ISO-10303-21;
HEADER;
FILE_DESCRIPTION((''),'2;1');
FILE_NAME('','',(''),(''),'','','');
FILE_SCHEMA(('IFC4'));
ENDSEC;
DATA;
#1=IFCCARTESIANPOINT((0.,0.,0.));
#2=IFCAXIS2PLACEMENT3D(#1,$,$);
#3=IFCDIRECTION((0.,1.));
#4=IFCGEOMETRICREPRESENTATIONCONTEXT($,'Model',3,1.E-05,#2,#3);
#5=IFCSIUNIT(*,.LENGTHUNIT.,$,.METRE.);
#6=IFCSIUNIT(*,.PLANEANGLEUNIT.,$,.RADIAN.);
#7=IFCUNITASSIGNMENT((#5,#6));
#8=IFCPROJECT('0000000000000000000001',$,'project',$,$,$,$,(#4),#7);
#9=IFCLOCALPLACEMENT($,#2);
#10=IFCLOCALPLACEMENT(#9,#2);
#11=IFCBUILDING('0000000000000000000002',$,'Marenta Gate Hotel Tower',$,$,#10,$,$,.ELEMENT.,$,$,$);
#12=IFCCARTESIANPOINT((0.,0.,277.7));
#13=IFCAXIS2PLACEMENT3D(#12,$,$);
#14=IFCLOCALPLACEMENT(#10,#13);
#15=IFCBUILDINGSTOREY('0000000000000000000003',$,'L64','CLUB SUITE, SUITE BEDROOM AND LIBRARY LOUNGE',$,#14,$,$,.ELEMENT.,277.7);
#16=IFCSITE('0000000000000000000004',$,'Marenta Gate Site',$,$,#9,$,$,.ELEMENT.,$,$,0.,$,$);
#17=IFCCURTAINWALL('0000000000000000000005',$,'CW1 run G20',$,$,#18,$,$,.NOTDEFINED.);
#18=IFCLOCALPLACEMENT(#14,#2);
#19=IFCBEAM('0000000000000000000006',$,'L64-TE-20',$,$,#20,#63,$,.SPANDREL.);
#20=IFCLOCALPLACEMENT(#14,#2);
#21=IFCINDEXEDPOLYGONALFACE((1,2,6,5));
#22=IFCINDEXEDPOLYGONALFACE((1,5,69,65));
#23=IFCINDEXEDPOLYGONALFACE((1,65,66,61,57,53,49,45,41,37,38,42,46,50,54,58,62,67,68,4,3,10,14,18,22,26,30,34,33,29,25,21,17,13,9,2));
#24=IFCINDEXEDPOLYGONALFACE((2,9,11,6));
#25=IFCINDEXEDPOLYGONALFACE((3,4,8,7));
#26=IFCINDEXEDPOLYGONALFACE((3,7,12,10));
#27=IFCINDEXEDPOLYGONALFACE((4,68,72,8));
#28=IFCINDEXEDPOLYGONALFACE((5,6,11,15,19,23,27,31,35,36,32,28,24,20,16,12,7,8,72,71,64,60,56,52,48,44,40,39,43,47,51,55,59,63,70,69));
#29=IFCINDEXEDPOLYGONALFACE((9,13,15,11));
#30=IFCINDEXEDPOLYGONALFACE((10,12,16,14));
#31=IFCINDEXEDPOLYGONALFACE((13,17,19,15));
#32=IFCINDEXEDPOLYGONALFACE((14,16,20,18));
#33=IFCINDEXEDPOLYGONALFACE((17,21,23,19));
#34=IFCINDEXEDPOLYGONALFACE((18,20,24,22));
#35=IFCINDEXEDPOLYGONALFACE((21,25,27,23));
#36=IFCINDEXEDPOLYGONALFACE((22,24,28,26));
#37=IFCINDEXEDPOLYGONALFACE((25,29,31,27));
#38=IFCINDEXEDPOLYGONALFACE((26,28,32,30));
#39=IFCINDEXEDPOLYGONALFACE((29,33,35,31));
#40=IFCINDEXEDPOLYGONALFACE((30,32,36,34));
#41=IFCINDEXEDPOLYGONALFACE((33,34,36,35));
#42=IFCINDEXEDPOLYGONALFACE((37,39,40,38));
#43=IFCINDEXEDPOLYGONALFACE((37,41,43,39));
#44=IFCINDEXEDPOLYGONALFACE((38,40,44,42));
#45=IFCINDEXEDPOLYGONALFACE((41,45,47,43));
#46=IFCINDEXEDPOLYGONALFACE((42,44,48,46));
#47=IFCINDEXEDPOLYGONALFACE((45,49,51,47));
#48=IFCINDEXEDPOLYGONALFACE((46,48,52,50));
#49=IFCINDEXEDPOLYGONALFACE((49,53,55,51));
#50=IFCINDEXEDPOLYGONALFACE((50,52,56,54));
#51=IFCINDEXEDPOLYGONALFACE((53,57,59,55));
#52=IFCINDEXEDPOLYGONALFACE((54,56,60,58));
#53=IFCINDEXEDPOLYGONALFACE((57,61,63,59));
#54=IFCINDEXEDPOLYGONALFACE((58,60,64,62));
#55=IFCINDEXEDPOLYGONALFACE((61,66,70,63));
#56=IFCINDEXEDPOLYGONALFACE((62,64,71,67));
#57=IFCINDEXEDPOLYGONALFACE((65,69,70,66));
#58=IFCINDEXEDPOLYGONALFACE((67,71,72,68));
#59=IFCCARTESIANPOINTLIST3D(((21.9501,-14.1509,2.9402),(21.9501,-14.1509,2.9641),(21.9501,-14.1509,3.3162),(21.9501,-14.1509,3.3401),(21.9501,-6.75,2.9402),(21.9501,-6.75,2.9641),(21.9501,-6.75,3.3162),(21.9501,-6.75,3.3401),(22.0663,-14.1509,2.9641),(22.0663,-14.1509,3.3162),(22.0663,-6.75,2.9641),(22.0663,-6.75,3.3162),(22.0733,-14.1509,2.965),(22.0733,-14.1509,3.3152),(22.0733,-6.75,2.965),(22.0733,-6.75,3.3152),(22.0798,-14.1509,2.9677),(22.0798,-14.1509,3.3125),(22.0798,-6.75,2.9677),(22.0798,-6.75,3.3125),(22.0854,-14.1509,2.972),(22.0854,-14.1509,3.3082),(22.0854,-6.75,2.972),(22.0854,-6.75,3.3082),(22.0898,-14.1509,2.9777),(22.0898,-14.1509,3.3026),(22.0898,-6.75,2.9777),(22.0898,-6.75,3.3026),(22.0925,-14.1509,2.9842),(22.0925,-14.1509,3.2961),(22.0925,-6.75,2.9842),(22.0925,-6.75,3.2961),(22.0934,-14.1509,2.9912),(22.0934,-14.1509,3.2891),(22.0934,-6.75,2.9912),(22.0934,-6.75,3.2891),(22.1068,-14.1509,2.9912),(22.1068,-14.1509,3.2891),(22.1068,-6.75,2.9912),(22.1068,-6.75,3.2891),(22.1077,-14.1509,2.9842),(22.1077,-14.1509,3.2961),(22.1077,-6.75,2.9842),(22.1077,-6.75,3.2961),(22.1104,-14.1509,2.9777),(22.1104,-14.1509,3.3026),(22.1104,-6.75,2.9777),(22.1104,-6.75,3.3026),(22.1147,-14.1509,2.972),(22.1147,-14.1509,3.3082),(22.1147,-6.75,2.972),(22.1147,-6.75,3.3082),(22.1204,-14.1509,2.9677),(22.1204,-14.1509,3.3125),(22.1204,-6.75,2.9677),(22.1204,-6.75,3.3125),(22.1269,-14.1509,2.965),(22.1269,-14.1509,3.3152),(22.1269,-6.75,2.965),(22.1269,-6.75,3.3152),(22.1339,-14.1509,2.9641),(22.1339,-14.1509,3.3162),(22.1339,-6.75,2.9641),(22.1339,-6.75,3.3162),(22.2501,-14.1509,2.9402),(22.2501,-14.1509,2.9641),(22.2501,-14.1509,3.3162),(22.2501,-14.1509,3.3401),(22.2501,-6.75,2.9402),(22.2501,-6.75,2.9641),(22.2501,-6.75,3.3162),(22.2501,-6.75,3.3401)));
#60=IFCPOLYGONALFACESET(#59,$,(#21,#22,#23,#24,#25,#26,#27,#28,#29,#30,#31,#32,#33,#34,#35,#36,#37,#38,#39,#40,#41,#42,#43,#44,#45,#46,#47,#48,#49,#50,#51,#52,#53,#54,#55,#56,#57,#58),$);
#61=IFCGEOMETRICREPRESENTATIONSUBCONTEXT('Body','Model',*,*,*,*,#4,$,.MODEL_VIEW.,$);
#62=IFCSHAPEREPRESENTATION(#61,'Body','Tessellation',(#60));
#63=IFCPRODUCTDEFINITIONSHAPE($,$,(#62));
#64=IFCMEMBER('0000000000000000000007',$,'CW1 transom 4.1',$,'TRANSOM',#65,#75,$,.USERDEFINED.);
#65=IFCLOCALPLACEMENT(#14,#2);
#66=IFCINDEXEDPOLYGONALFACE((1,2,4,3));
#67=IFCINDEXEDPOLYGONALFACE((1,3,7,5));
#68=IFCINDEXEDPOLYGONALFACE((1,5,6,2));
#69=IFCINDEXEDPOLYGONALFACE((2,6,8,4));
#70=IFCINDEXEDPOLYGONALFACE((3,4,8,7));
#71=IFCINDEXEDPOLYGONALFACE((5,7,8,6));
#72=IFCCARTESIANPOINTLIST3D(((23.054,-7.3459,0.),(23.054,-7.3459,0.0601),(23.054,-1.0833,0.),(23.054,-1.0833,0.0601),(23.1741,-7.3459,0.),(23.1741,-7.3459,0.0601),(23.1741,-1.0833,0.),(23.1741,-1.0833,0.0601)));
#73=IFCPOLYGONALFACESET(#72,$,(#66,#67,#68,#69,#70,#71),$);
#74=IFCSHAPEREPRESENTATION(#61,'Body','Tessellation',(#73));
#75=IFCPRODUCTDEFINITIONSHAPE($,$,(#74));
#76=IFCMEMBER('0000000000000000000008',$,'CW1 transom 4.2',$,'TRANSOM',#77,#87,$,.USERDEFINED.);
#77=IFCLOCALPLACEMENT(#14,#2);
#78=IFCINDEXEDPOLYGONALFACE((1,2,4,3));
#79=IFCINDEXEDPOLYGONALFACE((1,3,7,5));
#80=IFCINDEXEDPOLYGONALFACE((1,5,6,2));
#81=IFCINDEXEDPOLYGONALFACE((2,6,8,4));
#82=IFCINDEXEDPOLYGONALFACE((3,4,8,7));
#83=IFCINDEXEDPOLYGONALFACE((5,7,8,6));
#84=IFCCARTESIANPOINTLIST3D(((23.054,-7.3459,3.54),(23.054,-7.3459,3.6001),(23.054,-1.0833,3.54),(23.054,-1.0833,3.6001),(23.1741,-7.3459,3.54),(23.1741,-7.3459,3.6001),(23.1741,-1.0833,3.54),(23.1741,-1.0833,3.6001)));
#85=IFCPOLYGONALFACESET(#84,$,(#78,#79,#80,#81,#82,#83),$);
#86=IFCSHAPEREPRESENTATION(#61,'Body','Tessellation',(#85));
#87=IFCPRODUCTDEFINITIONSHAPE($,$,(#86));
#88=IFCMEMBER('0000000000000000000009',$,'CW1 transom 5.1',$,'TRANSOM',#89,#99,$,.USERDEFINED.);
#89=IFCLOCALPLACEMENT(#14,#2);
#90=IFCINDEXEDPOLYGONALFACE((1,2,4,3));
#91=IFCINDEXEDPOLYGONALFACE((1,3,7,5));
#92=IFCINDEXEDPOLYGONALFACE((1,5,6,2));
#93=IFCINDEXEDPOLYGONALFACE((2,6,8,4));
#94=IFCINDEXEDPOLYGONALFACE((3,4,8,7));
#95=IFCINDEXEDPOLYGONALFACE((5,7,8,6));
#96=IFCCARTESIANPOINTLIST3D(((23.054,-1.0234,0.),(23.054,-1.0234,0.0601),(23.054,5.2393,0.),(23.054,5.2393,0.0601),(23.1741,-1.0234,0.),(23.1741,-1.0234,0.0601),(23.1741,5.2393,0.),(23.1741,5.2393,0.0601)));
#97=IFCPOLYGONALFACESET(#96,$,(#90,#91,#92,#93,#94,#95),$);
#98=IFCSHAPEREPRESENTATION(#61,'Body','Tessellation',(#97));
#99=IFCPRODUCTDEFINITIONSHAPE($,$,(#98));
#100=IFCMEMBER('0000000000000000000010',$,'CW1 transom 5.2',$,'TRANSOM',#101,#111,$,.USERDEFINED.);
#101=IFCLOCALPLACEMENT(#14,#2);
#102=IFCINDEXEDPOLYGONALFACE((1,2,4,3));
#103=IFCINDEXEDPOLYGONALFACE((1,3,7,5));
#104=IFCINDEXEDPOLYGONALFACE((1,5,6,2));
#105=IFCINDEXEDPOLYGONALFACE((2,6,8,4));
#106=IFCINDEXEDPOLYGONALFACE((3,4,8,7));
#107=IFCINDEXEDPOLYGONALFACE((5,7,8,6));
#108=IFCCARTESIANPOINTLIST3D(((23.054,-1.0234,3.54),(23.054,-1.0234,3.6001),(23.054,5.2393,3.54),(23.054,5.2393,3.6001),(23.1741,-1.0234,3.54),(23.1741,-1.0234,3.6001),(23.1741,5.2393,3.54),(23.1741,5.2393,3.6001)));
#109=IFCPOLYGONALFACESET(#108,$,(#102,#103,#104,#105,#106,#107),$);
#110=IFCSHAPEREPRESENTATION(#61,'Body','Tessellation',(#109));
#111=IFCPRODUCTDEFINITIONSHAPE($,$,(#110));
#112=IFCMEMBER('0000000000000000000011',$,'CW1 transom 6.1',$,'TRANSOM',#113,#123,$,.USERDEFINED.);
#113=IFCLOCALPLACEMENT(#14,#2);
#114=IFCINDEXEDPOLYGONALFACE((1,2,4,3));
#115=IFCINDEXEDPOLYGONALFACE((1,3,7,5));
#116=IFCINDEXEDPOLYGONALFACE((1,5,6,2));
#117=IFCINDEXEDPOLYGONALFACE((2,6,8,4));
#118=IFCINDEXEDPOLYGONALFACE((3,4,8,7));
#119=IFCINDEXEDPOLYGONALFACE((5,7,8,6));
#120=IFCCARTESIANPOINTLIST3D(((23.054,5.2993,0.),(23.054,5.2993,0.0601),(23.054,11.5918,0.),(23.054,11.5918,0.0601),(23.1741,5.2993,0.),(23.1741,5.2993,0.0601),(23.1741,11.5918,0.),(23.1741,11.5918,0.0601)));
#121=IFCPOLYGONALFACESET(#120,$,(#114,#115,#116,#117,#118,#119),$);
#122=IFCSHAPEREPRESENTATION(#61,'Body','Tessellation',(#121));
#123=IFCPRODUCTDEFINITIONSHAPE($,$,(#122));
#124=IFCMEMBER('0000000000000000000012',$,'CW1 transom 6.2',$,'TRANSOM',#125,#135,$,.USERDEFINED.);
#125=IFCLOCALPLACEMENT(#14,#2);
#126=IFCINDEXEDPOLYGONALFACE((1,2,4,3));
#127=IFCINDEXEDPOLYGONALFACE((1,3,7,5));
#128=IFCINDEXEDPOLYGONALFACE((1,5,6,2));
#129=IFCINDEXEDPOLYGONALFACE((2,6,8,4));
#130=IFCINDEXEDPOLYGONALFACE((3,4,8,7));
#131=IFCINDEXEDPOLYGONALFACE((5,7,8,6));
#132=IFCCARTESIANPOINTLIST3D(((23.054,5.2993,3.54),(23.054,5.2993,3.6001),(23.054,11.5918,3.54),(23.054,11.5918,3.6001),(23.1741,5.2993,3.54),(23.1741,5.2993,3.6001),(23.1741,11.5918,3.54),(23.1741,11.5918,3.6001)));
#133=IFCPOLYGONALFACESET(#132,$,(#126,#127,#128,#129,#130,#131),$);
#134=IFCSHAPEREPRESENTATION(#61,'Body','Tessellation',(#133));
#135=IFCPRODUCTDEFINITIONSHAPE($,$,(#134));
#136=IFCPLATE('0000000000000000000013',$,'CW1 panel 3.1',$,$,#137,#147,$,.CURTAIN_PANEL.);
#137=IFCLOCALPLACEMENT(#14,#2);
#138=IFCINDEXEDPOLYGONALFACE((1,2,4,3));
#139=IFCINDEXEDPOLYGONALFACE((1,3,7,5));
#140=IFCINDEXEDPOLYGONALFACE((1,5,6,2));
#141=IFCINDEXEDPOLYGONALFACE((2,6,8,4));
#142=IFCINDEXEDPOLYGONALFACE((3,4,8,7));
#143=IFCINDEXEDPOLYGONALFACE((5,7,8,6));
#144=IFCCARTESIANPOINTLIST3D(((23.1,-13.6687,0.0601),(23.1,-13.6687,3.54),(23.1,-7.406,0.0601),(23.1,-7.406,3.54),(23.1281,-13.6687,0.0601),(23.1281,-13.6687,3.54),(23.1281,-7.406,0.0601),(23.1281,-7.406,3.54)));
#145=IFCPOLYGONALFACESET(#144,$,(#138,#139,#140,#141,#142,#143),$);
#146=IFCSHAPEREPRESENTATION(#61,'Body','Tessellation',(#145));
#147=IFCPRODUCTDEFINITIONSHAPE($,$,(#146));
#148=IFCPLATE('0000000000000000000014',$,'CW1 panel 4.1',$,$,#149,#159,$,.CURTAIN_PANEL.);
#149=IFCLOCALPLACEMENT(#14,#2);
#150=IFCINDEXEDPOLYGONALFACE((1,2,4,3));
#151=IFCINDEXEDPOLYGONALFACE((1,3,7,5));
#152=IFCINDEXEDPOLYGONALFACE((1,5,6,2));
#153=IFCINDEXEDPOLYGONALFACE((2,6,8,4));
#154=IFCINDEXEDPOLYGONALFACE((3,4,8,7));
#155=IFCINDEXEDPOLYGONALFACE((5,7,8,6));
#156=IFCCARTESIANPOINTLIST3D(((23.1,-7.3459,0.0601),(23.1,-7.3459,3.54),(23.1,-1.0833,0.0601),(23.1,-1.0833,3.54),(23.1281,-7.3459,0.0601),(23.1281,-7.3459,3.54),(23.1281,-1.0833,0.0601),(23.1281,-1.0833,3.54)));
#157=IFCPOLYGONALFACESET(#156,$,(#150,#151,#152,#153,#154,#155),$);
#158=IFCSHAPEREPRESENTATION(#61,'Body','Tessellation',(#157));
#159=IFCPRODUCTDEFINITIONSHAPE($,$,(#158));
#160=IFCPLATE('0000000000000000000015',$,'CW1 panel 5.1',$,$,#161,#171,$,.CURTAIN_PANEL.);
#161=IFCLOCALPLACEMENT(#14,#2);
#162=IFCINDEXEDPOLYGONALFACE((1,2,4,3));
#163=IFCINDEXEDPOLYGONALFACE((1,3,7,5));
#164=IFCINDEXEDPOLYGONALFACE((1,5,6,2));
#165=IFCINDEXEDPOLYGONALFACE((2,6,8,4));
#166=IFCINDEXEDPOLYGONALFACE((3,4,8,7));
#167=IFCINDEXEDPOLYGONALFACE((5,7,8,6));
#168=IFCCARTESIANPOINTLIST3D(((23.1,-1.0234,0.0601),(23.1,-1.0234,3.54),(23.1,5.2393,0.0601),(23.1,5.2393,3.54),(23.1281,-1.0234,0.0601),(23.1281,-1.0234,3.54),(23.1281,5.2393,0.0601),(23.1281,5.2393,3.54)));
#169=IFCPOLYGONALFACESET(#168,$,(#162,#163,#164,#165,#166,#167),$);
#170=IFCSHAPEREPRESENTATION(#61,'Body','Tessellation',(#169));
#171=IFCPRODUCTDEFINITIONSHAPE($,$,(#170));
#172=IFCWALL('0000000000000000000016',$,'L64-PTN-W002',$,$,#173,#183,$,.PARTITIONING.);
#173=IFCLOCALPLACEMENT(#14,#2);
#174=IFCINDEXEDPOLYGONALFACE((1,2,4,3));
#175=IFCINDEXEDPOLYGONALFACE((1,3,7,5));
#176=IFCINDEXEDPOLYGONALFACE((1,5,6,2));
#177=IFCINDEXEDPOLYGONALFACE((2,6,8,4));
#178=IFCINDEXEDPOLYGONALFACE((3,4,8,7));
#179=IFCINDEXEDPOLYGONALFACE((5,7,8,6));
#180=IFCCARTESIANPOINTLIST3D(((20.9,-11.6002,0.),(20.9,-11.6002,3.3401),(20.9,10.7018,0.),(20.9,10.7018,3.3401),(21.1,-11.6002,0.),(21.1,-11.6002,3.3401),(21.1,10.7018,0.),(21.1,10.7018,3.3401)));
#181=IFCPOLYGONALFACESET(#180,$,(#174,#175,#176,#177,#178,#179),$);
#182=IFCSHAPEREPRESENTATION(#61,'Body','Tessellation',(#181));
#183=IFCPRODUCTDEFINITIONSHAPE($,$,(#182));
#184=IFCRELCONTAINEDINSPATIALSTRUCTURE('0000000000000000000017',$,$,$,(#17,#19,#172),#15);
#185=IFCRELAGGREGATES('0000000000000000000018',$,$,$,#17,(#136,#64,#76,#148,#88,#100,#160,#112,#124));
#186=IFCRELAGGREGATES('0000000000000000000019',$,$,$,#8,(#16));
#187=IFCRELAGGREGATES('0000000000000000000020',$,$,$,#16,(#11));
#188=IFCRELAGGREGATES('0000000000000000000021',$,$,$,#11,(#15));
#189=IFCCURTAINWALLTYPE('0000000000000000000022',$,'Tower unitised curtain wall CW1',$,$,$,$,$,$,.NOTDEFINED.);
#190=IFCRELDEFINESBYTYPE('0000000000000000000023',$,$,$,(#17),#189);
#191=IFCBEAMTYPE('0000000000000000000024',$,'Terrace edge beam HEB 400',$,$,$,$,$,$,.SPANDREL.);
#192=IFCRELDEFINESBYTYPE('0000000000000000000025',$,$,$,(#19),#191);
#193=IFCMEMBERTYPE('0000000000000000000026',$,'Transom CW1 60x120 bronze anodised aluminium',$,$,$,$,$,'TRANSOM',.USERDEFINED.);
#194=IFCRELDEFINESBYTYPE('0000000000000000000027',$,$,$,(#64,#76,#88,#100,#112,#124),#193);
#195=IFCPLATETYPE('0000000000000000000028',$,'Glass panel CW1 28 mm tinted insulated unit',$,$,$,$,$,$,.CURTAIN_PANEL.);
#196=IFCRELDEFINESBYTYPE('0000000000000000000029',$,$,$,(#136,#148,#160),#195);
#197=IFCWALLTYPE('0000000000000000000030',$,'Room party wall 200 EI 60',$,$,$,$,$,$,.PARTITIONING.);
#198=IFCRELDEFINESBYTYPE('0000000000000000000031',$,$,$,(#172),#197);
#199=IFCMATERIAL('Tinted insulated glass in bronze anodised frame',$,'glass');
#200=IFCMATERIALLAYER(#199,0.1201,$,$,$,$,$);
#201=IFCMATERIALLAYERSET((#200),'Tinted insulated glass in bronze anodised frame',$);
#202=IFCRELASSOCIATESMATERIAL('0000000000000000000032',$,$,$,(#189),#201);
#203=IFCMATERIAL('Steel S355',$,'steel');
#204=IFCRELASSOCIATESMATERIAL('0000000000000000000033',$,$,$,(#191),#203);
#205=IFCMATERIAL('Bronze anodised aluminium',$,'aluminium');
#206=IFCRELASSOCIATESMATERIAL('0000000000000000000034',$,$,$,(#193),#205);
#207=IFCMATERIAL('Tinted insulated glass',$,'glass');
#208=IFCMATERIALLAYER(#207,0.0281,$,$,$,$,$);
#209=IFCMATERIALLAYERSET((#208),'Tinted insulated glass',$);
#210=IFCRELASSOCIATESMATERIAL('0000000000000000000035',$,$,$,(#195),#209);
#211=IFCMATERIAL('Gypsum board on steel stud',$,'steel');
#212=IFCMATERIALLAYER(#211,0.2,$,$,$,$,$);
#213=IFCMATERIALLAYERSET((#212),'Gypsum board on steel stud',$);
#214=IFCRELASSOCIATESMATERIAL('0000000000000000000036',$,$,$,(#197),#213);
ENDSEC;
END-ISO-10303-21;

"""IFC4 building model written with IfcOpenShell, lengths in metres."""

from ifc_helpers import new_model, si_unit, direction, frame, frame_2d, origin, origin_2d, place, context, subcontext, project, spatial, rectangle, i_section, extrude, material, layer, layer_set, material_profile, profile_set, type_object, element, aggregate, save


model = new_model("IFC4")

# Units and contexts
model_context = context("Model", 3, precision=1e-05, world=origin(), true_north=direction((0.0, 1.0)))
body_context = subcontext(model_context, "Body", "Model", "MODEL_VIEW")
ifc_project = project(units=[si_unit("LENGTHUNIT", "METRE"), si_unit("PLANEANGLEUNIT", "RADIAN")], contexts=[model_context])

# Site, building, storey
site_placement = place(None, origin())
site = spatial("IfcSite", under=ifc_project, at=site_placement, Name="Marenta Gate Site", CompositionType="ELEMENT", RefElevation=0.0)
building_placement = place(site_placement, origin())
building = spatial("IfcBuilding", under=site, at=building_placement, Name="Marenta Gate Hotel Tower", CompositionType="ELEMENT")
storey_placement = place(building_placement, frame((0.0, 0.0, 277.7)))
storey = spatial("IfcBuildingStorey", under=building, at=storey_placement, Name="L64", Description="CLUB SUITE, SUITE BEDROOM AND LIBRARY LOUNGE", CompositionType="ELEMENT", Elevation=277.7)

# Curtain wall
ifc_material_1 = material(Name="Tinted insulated glass in bronze anodised frame", Category="glass")
ifc_layer_1 = layer(ifc_material_1, 0.1201)
ifc_layer_set_1 = layer_set([ifc_layer_1], Name="Tinted insulated glass in bronze anodised frame")
curtain_wall_type = type_object("IfcCurtainWallType", Name="Tower unitised curtain wall CW1", PredefinedType="NOTDEFINED", material=ifc_layer_set_1)
curtain_wall_placement = place(storey_placement, origin())
curtain_wall = element("IfcCurtainWall", 1, at=curtain_wall_placement, inside=storey, type_object=curtain_wall_type, Name="CW1 run G20", PredefinedType="NOTDEFINED")

# Beam
ifc_material_2 = material(Name="Steel S355", Category="steel")
ifc_material_profile_1 = material_profile(ifc_material_2, i_section(OverallWidth=0.3, OverallDepth=0.3999, WebThickness=0.0134, FlangeThickness=0.0239, FilletRadius=0.0271, at=origin_2d()), Name="HEB 400")
ifc_profile_set_1 = profile_set([ifc_material_profile_1], Name="Steel S355")
beam_type_1 = type_object("IfcBeamType", Name="Terrace edge beam HEB 400", PredefinedType="SPANDREL", material=ifc_profile_set_1)
beam_1_placement = place(storey_placement, frame((22.1001, -6.75, 3.1401), z_axis=(0.0, -1.0, 0.0), x_axis=(1.0, 0.0, 0.0)))
element("IfcBeam", 2, at=beam_1_placement, inside=storey, type_object=beam_type_1, Name="L64-TE-20", PredefinedType="SPANDREL", context=body_context, shape_type="SweptSolid", body=[
    extrude(i_section(OverallWidth=0.3, OverallDepth=0.3999, WebThickness=0.0134, FlangeThickness=0.0239, FilletRadius=0.0271, at=origin_2d()), origin(), (0.0, 0.0, 1.0), 7.4009),
])

# Members
ifc_material_3 = material(Name="Bronze anodised aluminium", Category="aluminium")
ifc_material_profile_2 = material_profile(ifc_material_3, rectangle(XDim=0.1201, YDim=0.0601, at=origin_2d()), Name="Transom CW1 60x120 bronze anodised aluminium")
ifc_profile_set_2 = profile_set([ifc_material_profile_2], Name="Bronze anodised aluminium")
member_type_1 = type_object("IfcMemberType", Name="Transom CW1 60x120 bronze anodised aluminium", ElementType="TRANSOM", PredefinedType="USERDEFINED", material=ifc_profile_set_2)
member_1_placement = place(storey_placement, frame((23.114, -7.3459, 0.03), z_axis=(0.0, 1.0, 0.0), x_axis=(-1.0, 0.0, 0.0)))
member_1 = element("IfcMember", 3, at=member_1_placement, type_object=member_type_1, Name="CW1 transom 4.1", ObjectType="TRANSOM", PredefinedType="USERDEFINED", context=body_context, shape_type="SweptSolid", body=[
    extrude(rectangle(XDim=0.1201, YDim=0.0601, at=origin_2d()), origin(), (0.0, 0.0, 1.0), 6.2627),
])
member_2_placement = place(storey_placement, frame((23.114, -7.3459, 3.5701), z_axis=(0.0, 1.0, 0.0), x_axis=(-1.0, 0.0, 0.0)))
member_2 = element("IfcMember", 4, at=member_2_placement, type_object=member_type_1, Name="CW1 transom 4.2", ObjectType="TRANSOM", PredefinedType="USERDEFINED", context=body_context, shape_type="SweptSolid", body=[
    extrude(rectangle(XDim=0.1201, YDim=0.0601, at=origin_2d()), origin(), (0.0, 0.0, 1.0), 6.2627),
])
member_3_placement = place(storey_placement, frame((23.114, -1.0234, 0.03), z_axis=(0.0, 1.0, 0.0), x_axis=(-1.0, 0.0, 0.0)))
member_3 = element("IfcMember", 5, at=member_3_placement, type_object=member_type_1, Name="CW1 transom 5.1", ObjectType="TRANSOM", PredefinedType="USERDEFINED", context=body_context, shape_type="SweptSolid", body=[
    extrude(rectangle(XDim=0.1201, YDim=0.0601, at=origin_2d()), origin(), (0.0, 0.0, 1.0), 6.2627),
])
member_4_placement = place(storey_placement, frame((23.114, -1.0234, 3.5701), z_axis=(0.0, 1.0, 0.0), x_axis=(-1.0, 0.0, 0.0)))
member_4 = element("IfcMember", 6, at=member_4_placement, type_object=member_type_1, Name="CW1 transom 5.2", ObjectType="TRANSOM", PredefinedType="USERDEFINED", context=body_context, shape_type="SweptSolid", body=[
    extrude(rectangle(XDim=0.1201, YDim=0.0601, at=origin_2d()), origin(), (0.0, 0.0, 1.0), 6.2627),
])
member_5_placement = place(storey_placement, frame((23.114, 5.2993, 0.03), z_axis=(0.0, 1.0, 0.0), x_axis=(-1.0, 0.0, 0.0)))
member_5 = element("IfcMember", 7, at=member_5_placement, type_object=member_type_1, Name="CW1 transom 6.1", ObjectType="TRANSOM", PredefinedType="USERDEFINED", context=body_context, shape_type="SweptSolid", body=[
    extrude(rectangle(XDim=0.1201, YDim=0.0601, at=origin_2d()), origin(), (0.0, 0.0, 1.0), 6.2925),
])
member_6_placement = place(storey_placement, frame((23.114, 5.2993, 3.5701), z_axis=(0.0, 1.0, 0.0), x_axis=(-1.0, 0.0, 0.0)))
member_6 = element("IfcMember", 8, at=member_6_placement, type_object=member_type_1, Name="CW1 transom 6.2", ObjectType="TRANSOM", PredefinedType="USERDEFINED", context=body_context, shape_type="SweptSolid", body=[
    extrude(rectangle(XDim=0.1201, YDim=0.0601, at=origin_2d()), origin(), (0.0, 0.0, 1.0), 6.2925),
])

# Plates
ifc_material_4 = material(Name="Tinted insulated glass", Category="glass")
ifc_layer_2 = layer(ifc_material_4, 0.0281)
ifc_layer_set_2 = layer_set([ifc_layer_2], Name="Tinted insulated glass")
plate_type = type_object("IfcPlateType", Name="Glass panel CW1 28 mm tinted insulated unit", PredefinedType="CURTAIN_PANEL", material=ifc_layer_set_2)
plate_1_placement = place(storey_placement, frame((23.114, -10.5374, 0.0601), z_axis=(0.0, 0.0, 1.0), x_axis=(0.0, 1.0, 0.0)))
plate_1 = element("IfcPlate", 9, at=plate_1_placement, type_object=plate_type, Name="CW1 panel 3.1", PredefinedType="CURTAIN_PANEL", context=body_context, shape_type="SweptSolid", body=[
    extrude(rectangle(XDim=6.2627, YDim=0.0281, at=origin_2d()), origin(), (0.0, 0.0, 1.0), 3.48),
])
plate_2_placement = place(storey_placement, frame((23.114, -4.2146, 0.0601), z_axis=(0.0, 0.0, 1.0), x_axis=(0.0, 1.0, 0.0)))
plate_2 = element("IfcPlate", 10, at=plate_2_placement, type_object=plate_type, Name="CW1 panel 4.1", PredefinedType="CURTAIN_PANEL", context=body_context, shape_type="SweptSolid", body=[
    extrude(rectangle(XDim=6.2627, YDim=0.0281, at=origin_2d()), origin(), (0.0, 0.0, 1.0), 3.48),
])
plate_3_placement = place(storey_placement, frame((23.114, 2.1079, 0.0601), z_axis=(0.0, 0.0, 1.0), x_axis=(0.0, 1.0, 0.0)))
plate_3 = element("IfcPlate", 11, at=plate_3_placement, type_object=plate_type, Name="CW1 panel 5.1", PredefinedType="CURTAIN_PANEL", context=body_context, shape_type="SweptSolid", body=[
    extrude(rectangle(XDim=6.2627, YDim=0.0281, at=origin_2d()), origin(), (0.0, 0.0, 1.0), 3.48),
])
aggregate(curtain_wall, [plate_1, member_1, member_2, plate_2, member_3, member_4, plate_3, member_5, member_6])

# Wall
ifc_material_5 = material(Name="Gypsum board on steel stud", Category="steel")
ifc_layer_3 = layer(ifc_material_5, 0.2)
ifc_layer_set_3 = layer_set([ifc_layer_3], Name="Gypsum board on steel stud")
wall_type_1 = type_object("IfcWallType", Name="Room party wall 200 EI 60", PredefinedType="PARTITIONING", material=ifc_layer_set_3)
wall_1_placement = place(storey_placement, frame((21.0, -11.6001, 0.0), z_axis=(0.0, 0.0, 1.0), x_axis=(0.0, 1.0, 0.0)))
element("IfcWall", 12, at=wall_1_placement, inside=storey, type_object=wall_type_1, Name="L64-PTN-W002", PredefinedType="PARTITIONING", context=body_context, shape_type="SweptSolid", body=[
    extrude(rectangle(XDim=22.302, YDim=0.2, at=frame_2d((11.1509, 0.0))), origin(), (0.0, 0.0, 1.0), 3.3401),
])

save(model, "model.ifc")
